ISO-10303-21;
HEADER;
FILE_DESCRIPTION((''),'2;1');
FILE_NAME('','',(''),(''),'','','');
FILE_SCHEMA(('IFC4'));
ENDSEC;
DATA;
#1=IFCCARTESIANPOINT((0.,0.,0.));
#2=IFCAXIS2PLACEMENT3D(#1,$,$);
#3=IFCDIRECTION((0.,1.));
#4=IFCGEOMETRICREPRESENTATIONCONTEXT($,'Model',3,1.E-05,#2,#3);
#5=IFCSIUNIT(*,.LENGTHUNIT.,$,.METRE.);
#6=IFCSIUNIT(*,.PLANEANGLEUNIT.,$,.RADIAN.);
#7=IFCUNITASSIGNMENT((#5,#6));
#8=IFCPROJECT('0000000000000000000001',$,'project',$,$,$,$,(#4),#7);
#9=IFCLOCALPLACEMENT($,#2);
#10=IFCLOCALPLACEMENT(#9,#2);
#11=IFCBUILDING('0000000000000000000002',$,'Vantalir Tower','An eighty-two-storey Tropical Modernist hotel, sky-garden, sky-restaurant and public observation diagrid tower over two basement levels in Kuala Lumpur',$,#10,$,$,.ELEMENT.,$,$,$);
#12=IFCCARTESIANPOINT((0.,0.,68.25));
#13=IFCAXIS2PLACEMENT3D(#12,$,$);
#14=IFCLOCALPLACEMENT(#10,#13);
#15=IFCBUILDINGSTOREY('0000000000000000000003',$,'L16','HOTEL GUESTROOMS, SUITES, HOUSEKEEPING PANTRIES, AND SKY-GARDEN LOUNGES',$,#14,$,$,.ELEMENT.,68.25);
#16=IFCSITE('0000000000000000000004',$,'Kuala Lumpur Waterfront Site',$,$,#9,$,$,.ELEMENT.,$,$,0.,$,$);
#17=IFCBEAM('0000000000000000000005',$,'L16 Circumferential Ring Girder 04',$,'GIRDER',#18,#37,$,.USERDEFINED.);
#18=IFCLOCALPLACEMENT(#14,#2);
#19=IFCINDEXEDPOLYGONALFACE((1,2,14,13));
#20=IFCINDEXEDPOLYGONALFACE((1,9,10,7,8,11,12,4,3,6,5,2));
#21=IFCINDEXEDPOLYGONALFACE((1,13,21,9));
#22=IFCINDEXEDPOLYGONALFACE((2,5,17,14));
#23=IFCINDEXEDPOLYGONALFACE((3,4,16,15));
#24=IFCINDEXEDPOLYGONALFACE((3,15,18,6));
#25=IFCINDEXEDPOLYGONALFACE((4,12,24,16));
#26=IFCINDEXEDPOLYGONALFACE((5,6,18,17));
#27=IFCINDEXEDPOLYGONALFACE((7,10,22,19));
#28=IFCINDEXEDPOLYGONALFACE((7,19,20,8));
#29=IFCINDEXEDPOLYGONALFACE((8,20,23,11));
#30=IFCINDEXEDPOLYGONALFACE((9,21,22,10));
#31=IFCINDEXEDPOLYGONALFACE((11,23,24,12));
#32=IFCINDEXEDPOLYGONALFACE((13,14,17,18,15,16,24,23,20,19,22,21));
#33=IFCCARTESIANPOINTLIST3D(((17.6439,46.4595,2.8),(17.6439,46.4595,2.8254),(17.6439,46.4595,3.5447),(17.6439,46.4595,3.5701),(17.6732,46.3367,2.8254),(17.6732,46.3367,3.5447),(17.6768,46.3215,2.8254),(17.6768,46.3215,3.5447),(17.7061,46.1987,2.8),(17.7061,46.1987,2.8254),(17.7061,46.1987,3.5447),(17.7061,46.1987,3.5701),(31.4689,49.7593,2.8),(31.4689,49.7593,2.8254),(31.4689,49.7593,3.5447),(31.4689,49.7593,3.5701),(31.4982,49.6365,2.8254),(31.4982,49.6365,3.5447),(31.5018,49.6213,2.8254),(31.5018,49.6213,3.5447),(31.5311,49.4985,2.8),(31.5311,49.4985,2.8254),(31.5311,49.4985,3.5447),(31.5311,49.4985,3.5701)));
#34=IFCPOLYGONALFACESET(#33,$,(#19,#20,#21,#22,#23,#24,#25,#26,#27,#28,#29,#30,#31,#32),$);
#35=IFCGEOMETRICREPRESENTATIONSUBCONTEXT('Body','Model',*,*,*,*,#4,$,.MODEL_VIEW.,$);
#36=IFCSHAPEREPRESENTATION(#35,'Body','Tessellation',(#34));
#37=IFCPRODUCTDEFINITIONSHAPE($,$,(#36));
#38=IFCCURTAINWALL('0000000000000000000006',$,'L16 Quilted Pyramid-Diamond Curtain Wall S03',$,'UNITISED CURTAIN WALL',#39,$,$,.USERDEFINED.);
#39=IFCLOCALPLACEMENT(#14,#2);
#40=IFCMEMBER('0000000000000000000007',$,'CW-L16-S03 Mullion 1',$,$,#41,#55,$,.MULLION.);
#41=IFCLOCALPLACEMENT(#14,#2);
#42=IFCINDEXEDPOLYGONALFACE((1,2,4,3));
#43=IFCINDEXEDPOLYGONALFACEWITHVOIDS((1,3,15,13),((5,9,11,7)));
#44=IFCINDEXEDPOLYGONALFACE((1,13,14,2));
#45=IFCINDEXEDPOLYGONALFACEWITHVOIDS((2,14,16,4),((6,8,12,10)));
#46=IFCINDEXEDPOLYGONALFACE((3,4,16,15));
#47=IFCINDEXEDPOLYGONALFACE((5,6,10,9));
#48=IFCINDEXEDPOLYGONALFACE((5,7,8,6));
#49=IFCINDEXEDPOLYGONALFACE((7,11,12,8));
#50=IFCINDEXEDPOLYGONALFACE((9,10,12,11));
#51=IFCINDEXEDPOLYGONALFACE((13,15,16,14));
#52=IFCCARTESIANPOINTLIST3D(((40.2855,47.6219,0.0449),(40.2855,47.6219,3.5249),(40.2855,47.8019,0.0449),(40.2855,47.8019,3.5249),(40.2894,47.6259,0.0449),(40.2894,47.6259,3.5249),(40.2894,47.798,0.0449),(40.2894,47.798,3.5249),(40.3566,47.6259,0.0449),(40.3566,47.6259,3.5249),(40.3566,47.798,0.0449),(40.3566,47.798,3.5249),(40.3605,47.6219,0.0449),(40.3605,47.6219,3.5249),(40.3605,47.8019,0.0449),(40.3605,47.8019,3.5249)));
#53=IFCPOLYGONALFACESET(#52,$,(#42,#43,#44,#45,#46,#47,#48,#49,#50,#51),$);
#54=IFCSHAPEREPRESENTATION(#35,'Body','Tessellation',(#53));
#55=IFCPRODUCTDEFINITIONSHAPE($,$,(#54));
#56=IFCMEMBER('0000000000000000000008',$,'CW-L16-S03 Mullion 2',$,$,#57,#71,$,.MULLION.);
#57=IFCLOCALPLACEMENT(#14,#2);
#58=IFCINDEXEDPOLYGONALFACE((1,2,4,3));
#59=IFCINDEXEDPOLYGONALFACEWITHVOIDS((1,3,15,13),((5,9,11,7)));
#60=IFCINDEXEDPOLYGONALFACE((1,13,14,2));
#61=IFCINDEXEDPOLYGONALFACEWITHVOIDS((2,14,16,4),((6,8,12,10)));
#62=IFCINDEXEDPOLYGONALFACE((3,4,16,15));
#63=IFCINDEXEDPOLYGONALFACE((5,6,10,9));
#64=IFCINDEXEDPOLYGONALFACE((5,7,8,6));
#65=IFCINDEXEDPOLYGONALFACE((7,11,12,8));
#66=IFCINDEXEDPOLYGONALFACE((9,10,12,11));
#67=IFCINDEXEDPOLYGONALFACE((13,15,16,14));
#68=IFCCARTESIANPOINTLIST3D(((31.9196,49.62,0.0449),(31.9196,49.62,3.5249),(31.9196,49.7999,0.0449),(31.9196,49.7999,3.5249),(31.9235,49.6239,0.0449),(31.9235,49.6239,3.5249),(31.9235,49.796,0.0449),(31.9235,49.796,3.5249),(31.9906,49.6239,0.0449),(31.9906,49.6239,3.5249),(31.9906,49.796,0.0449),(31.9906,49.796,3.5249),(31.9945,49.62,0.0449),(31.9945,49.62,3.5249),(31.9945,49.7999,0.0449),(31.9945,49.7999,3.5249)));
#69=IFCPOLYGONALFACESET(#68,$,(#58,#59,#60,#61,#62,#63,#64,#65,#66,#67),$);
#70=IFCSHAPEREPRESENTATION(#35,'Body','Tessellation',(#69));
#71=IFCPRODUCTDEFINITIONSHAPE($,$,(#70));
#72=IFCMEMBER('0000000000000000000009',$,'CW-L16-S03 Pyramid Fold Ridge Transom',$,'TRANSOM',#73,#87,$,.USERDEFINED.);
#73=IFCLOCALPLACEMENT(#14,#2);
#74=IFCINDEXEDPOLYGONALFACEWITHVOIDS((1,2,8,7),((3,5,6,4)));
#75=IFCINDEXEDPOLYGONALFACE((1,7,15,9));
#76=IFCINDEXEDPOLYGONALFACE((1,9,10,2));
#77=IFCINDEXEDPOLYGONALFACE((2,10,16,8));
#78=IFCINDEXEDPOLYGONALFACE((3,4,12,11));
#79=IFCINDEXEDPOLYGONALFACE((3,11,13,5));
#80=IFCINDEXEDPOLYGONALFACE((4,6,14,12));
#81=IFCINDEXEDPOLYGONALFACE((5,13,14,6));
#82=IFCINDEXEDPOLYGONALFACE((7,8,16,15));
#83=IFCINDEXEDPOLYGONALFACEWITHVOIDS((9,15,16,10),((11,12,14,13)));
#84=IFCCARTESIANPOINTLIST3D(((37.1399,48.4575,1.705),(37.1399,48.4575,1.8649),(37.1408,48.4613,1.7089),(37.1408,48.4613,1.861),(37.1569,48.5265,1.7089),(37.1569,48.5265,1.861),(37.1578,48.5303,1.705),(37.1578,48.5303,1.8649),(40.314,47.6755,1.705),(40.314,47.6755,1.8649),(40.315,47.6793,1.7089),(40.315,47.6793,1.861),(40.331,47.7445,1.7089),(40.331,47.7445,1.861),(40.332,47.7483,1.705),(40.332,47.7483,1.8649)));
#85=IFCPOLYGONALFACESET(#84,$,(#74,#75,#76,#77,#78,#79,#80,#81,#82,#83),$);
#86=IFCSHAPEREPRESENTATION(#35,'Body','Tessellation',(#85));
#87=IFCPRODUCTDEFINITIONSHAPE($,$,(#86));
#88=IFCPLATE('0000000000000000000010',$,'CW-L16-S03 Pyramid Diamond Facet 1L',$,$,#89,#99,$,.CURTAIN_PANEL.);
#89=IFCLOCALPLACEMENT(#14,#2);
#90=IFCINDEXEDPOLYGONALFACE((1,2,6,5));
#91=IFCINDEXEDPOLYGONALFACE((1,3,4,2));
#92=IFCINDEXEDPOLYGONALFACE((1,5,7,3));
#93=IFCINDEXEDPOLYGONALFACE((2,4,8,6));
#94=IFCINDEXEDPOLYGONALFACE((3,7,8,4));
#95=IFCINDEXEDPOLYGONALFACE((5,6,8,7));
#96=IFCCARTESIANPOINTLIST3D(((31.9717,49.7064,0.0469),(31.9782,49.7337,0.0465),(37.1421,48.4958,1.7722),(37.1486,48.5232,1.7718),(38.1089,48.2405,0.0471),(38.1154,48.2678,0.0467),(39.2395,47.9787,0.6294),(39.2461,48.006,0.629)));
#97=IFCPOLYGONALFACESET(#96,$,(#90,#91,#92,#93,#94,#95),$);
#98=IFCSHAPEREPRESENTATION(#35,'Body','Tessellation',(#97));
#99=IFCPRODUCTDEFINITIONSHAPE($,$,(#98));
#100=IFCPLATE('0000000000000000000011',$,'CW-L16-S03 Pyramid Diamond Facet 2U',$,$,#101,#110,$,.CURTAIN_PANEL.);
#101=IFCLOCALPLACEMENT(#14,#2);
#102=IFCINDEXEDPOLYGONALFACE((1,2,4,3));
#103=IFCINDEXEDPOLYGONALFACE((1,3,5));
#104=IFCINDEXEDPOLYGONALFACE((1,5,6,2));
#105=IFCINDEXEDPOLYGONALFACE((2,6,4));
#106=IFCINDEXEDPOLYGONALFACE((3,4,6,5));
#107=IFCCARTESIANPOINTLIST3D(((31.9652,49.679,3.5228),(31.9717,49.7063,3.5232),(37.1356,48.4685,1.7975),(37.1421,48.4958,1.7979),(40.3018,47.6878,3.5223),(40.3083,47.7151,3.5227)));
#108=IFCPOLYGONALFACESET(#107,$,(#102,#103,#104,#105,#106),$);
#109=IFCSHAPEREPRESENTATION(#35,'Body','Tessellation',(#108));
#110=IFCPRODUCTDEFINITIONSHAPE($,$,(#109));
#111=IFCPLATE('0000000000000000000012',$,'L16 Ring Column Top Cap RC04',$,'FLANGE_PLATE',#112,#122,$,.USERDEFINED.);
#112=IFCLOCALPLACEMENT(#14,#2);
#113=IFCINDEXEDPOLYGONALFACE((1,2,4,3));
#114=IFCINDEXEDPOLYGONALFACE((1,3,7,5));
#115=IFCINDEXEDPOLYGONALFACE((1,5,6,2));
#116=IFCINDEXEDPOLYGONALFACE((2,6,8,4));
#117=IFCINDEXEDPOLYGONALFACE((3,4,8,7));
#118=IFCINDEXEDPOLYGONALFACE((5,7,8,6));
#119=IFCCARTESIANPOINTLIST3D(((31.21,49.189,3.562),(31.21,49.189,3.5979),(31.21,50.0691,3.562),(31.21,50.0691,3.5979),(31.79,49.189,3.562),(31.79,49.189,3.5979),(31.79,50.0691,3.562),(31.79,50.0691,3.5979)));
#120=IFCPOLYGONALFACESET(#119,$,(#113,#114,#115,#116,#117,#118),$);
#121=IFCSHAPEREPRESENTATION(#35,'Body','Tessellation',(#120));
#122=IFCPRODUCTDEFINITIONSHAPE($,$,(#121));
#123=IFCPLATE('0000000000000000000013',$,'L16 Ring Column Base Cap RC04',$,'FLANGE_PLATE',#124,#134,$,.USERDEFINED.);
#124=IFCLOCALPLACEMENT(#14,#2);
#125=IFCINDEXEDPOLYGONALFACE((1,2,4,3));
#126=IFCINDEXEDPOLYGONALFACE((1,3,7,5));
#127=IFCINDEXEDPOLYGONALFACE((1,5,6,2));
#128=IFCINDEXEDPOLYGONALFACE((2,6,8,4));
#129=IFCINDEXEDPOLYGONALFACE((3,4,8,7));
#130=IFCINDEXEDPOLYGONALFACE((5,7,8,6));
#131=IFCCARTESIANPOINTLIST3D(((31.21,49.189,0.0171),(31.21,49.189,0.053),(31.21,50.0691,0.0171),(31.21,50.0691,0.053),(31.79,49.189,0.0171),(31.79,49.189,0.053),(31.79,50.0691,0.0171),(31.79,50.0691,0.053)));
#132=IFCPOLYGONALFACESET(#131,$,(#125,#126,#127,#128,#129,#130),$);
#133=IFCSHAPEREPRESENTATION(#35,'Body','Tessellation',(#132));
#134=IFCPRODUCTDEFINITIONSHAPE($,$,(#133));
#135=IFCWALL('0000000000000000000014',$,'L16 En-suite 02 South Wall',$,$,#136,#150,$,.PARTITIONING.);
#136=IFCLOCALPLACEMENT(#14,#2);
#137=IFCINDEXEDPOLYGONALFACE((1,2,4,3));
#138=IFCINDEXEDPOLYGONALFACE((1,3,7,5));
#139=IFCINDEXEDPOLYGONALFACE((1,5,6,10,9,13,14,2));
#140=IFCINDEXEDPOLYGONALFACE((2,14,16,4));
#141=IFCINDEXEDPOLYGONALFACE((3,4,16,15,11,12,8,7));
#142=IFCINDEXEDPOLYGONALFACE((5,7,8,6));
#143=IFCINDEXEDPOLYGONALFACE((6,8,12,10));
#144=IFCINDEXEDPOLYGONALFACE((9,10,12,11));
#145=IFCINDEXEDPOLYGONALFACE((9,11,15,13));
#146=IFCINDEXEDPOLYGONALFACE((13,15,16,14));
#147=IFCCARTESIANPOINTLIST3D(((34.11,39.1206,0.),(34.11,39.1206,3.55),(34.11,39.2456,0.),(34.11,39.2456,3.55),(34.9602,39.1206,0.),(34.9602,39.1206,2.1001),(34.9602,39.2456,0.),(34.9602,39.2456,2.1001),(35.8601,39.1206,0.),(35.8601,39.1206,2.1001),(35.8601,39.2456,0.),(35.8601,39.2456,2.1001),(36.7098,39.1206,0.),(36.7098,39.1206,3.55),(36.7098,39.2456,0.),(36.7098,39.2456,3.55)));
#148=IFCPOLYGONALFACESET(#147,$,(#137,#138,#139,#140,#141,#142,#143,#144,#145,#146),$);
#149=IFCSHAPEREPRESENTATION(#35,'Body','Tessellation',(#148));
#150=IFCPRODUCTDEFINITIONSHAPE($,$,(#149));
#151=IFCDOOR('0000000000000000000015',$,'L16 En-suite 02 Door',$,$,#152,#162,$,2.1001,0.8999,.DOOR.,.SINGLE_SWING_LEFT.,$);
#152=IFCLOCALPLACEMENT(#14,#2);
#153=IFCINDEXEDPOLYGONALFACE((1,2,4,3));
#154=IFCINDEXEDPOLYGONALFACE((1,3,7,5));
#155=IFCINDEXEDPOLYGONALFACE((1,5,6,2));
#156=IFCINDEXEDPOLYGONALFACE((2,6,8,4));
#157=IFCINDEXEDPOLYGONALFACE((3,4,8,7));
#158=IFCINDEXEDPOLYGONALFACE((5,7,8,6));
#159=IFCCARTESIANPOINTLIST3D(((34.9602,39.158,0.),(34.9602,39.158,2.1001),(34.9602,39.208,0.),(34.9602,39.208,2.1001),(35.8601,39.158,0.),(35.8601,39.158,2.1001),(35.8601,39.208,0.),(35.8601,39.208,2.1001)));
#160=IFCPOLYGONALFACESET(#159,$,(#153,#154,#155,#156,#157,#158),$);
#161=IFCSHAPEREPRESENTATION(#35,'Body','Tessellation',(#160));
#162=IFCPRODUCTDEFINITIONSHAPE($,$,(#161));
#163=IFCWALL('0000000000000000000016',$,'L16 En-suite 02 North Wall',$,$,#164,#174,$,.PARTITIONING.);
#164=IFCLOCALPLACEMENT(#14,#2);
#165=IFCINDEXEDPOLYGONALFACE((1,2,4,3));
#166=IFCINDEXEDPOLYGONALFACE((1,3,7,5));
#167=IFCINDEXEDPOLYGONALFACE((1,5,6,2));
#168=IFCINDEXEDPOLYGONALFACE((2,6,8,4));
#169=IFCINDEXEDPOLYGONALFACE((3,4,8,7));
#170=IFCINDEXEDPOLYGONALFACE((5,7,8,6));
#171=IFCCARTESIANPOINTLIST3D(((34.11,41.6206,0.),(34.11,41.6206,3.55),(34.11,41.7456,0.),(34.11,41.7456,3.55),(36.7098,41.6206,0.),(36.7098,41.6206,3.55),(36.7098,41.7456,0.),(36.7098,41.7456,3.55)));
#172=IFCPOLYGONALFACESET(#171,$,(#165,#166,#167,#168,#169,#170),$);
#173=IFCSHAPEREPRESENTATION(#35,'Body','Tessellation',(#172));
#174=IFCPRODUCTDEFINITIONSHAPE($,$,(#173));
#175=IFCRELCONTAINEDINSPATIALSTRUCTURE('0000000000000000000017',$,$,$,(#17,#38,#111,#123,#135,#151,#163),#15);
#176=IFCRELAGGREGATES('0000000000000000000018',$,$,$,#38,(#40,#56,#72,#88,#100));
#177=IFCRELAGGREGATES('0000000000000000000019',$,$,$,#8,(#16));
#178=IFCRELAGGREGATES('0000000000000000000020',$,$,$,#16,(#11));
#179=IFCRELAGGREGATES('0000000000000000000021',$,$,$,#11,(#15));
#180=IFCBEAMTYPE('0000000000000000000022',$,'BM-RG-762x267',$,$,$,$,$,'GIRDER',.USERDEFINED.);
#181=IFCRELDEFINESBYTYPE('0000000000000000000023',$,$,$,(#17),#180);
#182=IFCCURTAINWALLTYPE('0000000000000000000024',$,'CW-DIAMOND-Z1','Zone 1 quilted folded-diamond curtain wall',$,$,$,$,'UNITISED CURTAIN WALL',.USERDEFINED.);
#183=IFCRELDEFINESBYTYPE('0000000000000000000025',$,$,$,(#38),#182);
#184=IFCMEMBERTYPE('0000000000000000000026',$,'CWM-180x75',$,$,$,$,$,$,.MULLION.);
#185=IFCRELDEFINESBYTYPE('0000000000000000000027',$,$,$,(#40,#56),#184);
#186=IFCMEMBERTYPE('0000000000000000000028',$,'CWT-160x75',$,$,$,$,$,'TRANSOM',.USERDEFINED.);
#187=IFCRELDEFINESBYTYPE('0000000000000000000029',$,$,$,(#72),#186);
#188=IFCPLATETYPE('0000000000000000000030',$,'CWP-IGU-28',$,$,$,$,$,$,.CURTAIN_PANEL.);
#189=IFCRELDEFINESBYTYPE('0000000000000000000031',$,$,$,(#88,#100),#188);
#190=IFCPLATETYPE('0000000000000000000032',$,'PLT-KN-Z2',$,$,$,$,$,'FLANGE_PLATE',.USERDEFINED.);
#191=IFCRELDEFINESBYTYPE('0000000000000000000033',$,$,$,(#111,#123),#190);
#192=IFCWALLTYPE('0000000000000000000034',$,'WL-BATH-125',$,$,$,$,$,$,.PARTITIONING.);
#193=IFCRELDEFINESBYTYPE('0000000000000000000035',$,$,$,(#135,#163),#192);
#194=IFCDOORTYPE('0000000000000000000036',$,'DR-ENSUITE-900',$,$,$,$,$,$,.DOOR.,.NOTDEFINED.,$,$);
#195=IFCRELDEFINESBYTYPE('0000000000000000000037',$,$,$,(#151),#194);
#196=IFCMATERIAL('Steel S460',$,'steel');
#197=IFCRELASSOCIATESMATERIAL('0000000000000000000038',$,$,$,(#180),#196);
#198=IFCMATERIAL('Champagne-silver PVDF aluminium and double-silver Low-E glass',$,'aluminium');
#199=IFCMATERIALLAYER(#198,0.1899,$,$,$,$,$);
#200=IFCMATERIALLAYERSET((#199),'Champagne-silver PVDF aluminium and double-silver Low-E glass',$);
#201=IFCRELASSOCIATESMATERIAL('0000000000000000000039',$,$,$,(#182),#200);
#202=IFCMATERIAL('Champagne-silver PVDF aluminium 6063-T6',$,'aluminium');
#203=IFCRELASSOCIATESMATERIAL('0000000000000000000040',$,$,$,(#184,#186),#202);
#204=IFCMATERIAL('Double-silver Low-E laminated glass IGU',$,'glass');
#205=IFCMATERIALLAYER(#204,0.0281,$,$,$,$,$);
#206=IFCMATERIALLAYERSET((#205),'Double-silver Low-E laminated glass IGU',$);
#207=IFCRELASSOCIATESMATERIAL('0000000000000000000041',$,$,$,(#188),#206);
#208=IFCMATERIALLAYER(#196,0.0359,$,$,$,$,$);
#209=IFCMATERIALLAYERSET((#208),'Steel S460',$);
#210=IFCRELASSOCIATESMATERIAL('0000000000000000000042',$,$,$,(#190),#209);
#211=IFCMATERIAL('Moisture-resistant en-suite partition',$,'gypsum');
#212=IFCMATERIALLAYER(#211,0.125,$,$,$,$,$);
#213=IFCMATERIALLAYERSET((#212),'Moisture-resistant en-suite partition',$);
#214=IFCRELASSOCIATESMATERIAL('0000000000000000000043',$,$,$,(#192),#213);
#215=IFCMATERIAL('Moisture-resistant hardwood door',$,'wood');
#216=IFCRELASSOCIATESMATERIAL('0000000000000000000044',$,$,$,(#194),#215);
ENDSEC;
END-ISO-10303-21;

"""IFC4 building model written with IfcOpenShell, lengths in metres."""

from ifc_helpers import new_model, si_unit, direction, frame, frame_2d, origin, origin_2d, place, context, subcontext, project, spatial, polyline, rectangle, hollow_rectangle, i_section, outline, extrude, material, layer, layer_set, material_profile, profile_set, type_object, element, fill, aggregate, save


model = new_model("IFC4")

# Units and contexts
model_context = context("Model", 3, precision=1e-05, world=origin(), true_north=direction((0.0, 1.0)))
body_context = subcontext(model_context, "Body", "Model", "MODEL_VIEW")
ifc_project = project(units=[si_unit("LENGTHUNIT", "METRE"), si_unit("PLANEANGLEUNIT", "RADIAN")], contexts=[model_context])

# Site, building, storey
site_placement = place(None, origin())
site = spatial("IfcSite", under=ifc_project, at=site_placement, Name="Kuala Lumpur Waterfront Site", CompositionType="ELEMENT", RefElevation=0.0)
building_placement = place(site_placement, origin())
building = spatial("IfcBuilding", under=site, at=building_placement, Name="Vantalir Tower", Description="An eighty-two-storey Tropical Modernist hotel, sky-garden, sky-restaurant and public observation diagrid tower over two basement levels in Kuala Lumpur", CompositionType="ELEMENT")
storey_placement = place(building_placement, frame((0.0, 0.0, 68.25)))
storey = spatial("IfcBuildingStorey", under=building, at=storey_placement, Name="L16", Description="HOTEL GUESTROOMS, SUITES, HOUSEKEEPING PANTRIES, AND SKY-GARDEN LOUNGES", CompositionType="ELEMENT", Elevation=68.25)

# Shared definitions
ifc_material_1 = material(Name="Steel S460", Category="steel")

# Beam
ifc_material_profile_1 = material_profile(ifc_material_1, i_section(OverallWidth=0.2681, OverallDepth=0.77, WebThickness=0.0156, FlangeThickness=0.0254, at=origin_2d()), Name="Steel S460")
ifc_profile_set_1 = profile_set([ifc_material_profile_1], Name="Steel S460")
beam_type_1 = type_object("IfcBeamType", Name="BM-RG-762x267", ElementType="GIRDER", PredefinedType="USERDEFINED", material=ifc_profile_set_1)
beam_1_placement = place(storey_placement, frame((31.5, 49.6289, 3.1851), z_axis=(-0.972677, -0.232163, 0.0), x_axis=(0.232163, -0.972677, 0.0)))
element("IfcBeam", 1, at=beam_1_placement, inside=storey, type_object=beam_type_1, Name="L16 Circumferential Ring Girder 04", ObjectType="GIRDER", PredefinedType="USERDEFINED", context=body_context, shape_type="SweptSolid", body=[
    extrude(i_section(OverallWidth=0.2681, OverallDepth=0.77, WebThickness=0.0156, FlangeThickness=0.0254, at=origin_2d()), origin(), (0.0, 0.0, 1.0), 14.2134),
])

# Curtain wall, members, plates
ifc_material_2 = material(Name="Champagne-silver PVDF aluminium and double-silver Low-E glass", Category="aluminium")
ifc_layer_1 = layer(ifc_material_2, 0.1899)
ifc_layer_set_1 = layer_set([ifc_layer_1], Name="Champagne-silver PVDF aluminium and double-silver Low-E glass")
curtain_wall_type = type_object("IfcCurtainWallType", Name="CW-DIAMOND-Z1", Description="Zone 1 quilted folded-diamond curtain wall", ElementType="UNITISED CURTAIN WALL", PredefinedType="USERDEFINED", material=ifc_layer_set_1)
curtain_wall_placement = place(storey_placement, origin())
curtain_wall = element("IfcCurtainWall", 2, at=curtain_wall_placement, inside=storey, type_object=curtain_wall_type, Name="L16 Quilted Pyramid-Diamond Curtain Wall S03", ObjectType="UNITISED CURTAIN WALL", PredefinedType="USERDEFINED")
ifc_material_3 = material(Name="Champagne-silver PVDF aluminium 6063-T6", Category="aluminium")
ifc_material_profile_2 = material_profile(ifc_material_3, hollow_rectangle(XDim=0.075, YDim=0.1799, WallThickness=0.0039, at=origin_2d()), Name="Champagne-silver PVDF aluminium 6063-T6")
ifc_profile_set_2 = profile_set([ifc_material_profile_2], Name="Champagne-silver PVDF aluminium 6063-T6")
member_type_1 = type_object("IfcMemberType", Name="CWM-180x75", PredefinedType="MULLION", material=ifc_profile_set_2)
member_1_placement = place(storey_placement, frame((40.323, 47.7119, 0.0449), z_axis=(0.0, 0.0, 1.0), x_axis=(1.0, 0.0, 0.0)))
member_1 = element("IfcMember", 3, at=member_1_placement, type_object=member_type_1, Name="CW-L16-S03 Mullion 1", PredefinedType="MULLION", context=body_context, shape_type="SweptSolid", body=[
    extrude(hollow_rectangle(XDim=0.075, YDim=0.1799, WallThickness=0.0039, at=origin_2d()), origin(), (0.0, 0.0, 1.0), 3.48),
])
member_2_placement = place(storey_placement, frame((31.957, 49.71, 0.0449), z_axis=(0.0, 0.0, 1.0), x_axis=(1.0, 0.0, 0.0)))
member_2 = element("IfcMember", 4, at=member_2_placement, type_object=member_type_1, Name="CW-L16-S03 Mullion 2", PredefinedType="MULLION", context=body_context, shape_type="SweptSolid", body=[
    extrude(hollow_rectangle(XDim=0.075, YDim=0.1799, WallThickness=0.0039, at=origin_2d()), origin(), (0.0, 0.0, 1.0), 3.48),
])
ifc_material_profile_3 = material_profile(ifc_material_3, hollow_rectangle(XDim=0.075, YDim=0.1599, WallThickness=0.0039, at=origin_2d()), Name="Champagne-silver PVDF aluminium 6063-T6")
ifc_profile_set_3 = profile_set([ifc_material_profile_3], Name="Champagne-silver PVDF aluminium 6063-T6")
member_type_2 = type_object("IfcMemberType", Name="CWT-160x75", ElementType="TRANSOM", PredefinedType="USERDEFINED", material=ifc_profile_set_3)
member_3_placement = place(storey_placement, frame((40.323, 47.7119, 1.7849), z_axis=(-0.970967, 0.239213, 0.0), x_axis=(-0.239213, -0.970967, 0.0)))
member_3 = element("IfcMember", 5, at=member_3_placement, type_object=member_type_2, Name="CW-L16-S03 Pyramid Fold Ridge Transom", ObjectType="TRANSOM", PredefinedType="USERDEFINED", context=body_context, shape_type="SweptSolid", body=[
    extrude(hollow_rectangle(XDim=0.075, YDim=0.1599, WallThickness=0.0039, at=origin_2d()), origin(), (0.0, 0.0, 1.0), 3.269),
])
ifc_material_4 = material(Name="Double-silver Low-E laminated glass IGU", Category="glass")
ifc_layer_2 = layer(ifc_material_4, 0.0281)
ifc_layer_set_2 = layer_set([ifc_layer_2], Name="Double-silver Low-E laminated glass IGU")
plate_type_1 = type_object("IfcPlateType", Name="CWP-IGU-28", PredefinedType="CURTAIN_PANEL", material=ifc_layer_set_2)
plate_1_placement = place(storey_placement, frame((38.1089, 48.2405, 0.0471), z_axis=(-0.232308, -0.972545, 0.013776), x_axis=(-0.972637, 0.232329, -0.000039)))
plate_1 = element("IfcPlate", 6, at=plate_1_placement, type_object=plate_type_1, Name="CW-L16-S03 Pyramid Diamond Facet 1L", PredefinedType="CURTAIN_PANEL", context=body_context, shape_type="SweptSolid", body=[
    extrude(outline(polyline([(0.0, 0.0), (6.3098, 0.0), (0.9996, -1.7253), (-1.1606, -0.5823), (0.0, 0.0)])), origin(), (0.0, 0.0, -1.0), 0.0281),
])
plate_2_placement = place(storey_placement, frame((31.9717, 49.7063, 3.5232), z_axis=(0.232294, 0.972548, 0.013814), x_axis=(0.972641, -0.232315, -0.000057)))
plate_2 = element("IfcPlate", 7, at=plate_2_placement, type_object=plate_type_1, Name="CW-L16-S03 Pyramid Diamond Facet 2U", PredefinedType="CURTAIN_PANEL", context=body_context, shape_type="SweptSolid", body=[
    extrude(outline(polyline([(0.0, 0.0), (8.5712, 0.0), (5.3103, 1.7252), (0.0, 0.0)])), origin(), (0.0, 0.0, -1.0), 0.0281),
])
aggregate(curtain_wall, [member_1, member_2, member_3, plate_1, plate_2])

# Plates
ifc_layer_3 = layer(ifc_material_1, 0.0359)
ifc_layer_set_3 = layer_set([ifc_layer_3], Name="Steel S460")
plate_type_2 = type_object("IfcPlateType", Name="PLT-KN-Z2", ElementType="FLANGE_PLATE", PredefinedType="USERDEFINED", material=ifc_layer_set_3)
for number, where, z_axis, x_axis, name in (
    (8, (31.21, 50.0691, 3.5979), (0.0, 0.0, 1.0), (0.0, -1.0, 0.0), "L16 Ring Column Top Cap RC04"),
    (9, (31.21, 50.0691, 0.053), (0.0, 0.0, 1.0), (0.0, -1.0, 0.0), "L16 Ring Column Base Cap RC04"),
):
    element("IfcPlate", number, at=place(storey_placement, frame(where, z_axis=z_axis, x_axis=x_axis)), inside=storey, type_object=plate_type_2, Name=name, ObjectType="FLANGE_PLATE", PredefinedType="USERDEFINED", context=body_context, shape_type="SweptSolid", body=[
        extrude(outline(polyline([(0.0, 0.0), (0.8801, 0.0), (0.8801, 0.5801), (0.0, 0.5801), (0.0, 0.0)])), origin(), (0.0, 0.0, -1.0), 0.0359),
    ])

# Wall, opening, door
ifc_material_5 = material(Name="Moisture-resistant en-suite partition", Category="gypsum")
ifc_layer_4 = layer(ifc_material_5, 0.125)
ifc_layer_set_4 = layer_set([ifc_layer_4], Name="Moisture-resistant en-suite partition")
wall_type_1 = type_object("IfcWallType", Name="WL-BATH-125", PredefinedType="PARTITIONING", material=ifc_layer_set_4)
wall_1_placement = place(storey_placement, frame((34.1101, 39.1831, 0.0), z_axis=(0.0, 0.0, 1.0), x_axis=(1.0, 0.0, 0.0)))
wall_1 = element("IfcWall", 10, at=wall_1_placement, inside=storey, type_object=wall_type_1, Name="L16 En-suite 02 South Wall", PredefinedType="PARTITIONING", context=body_context, shape_type="SweptSolid", body=[
    extrude(rectangle(XDim=2.5999, YDim=0.125, at=frame_2d((1.2998, 0.0))), origin(), (0.0, 0.0, 1.0), 3.55),
])
opening_1_placement = place(wall_1_placement, frame((0.8501, 0.0, 0.0)))
opening_1 = element("IfcOpeningElement", 11, at=opening_1_placement, cuts=wall_1, PredefinedType="OPENING", context=body_context, shape_type="SweptSolid", body=[
    extrude(rectangle(XDim=0.8999, YDim=2.1001, at=frame_2d((0.45, 1.05))), frame((0.0, 0.0725, 0.0), z_axis=(0.0, -1.0, 0.0), x_axis=(1.0, 0.0, 0.0)), (0.0, 0.0, 1.0), 0.145),
])
ifc_material_6 = material(Name="Moisture-resistant hardwood door", Category="wood")
door_type_1 = type_object("IfcDoorType", Name="DR-ENSUITE-900", OperationType="NOTDEFINED", PredefinedType="DOOR", material=ifc_material_6)
door_1_placement = place(opening_1_placement, origin())
door_1 = element("IfcDoor", 12, at=door_1_placement, inside=storey, type_object=door_type_1, Name="L16 En-suite 02 Door", OperationType="SINGLE_SWING_LEFT", OverallHeight=2.1001, OverallWidth=0.8999, PredefinedType="DOOR", context=body_context, shape_type="SweptSolid", body=[
    extrude(rectangle(XDim=0.8999, YDim=2.1001, at=frame_2d((0.45, 1.05))), frame((0.0, 0.0249, 0.0), z_axis=(0.0, -1.0, 0.0), x_axis=(1.0, 0.0, 0.0)), (0.0, 0.0, 1.0), 0.05),
])
fill(opening_1, door_1)

# Wall
wall_2_placement = place(storey_placement, frame((34.1101, 41.6831, 0.0), z_axis=(0.0, 0.0, 1.0), x_axis=(1.0, 0.0, 0.0)))
element("IfcWall", 13, at=wall_2_placement, inside=storey, type_object=wall_type_1, Name="L16 En-suite 02 North Wall", PredefinedType="PARTITIONING", context=body_context, shape_type="SweptSolid", body=[
    extrude(rectangle(XDim=2.5999, YDim=0.125, at=frame_2d((1.2998, 0.0))), origin(), (0.0, 0.0, 1.0), 3.55),
])

save(model, "model.ifc")
